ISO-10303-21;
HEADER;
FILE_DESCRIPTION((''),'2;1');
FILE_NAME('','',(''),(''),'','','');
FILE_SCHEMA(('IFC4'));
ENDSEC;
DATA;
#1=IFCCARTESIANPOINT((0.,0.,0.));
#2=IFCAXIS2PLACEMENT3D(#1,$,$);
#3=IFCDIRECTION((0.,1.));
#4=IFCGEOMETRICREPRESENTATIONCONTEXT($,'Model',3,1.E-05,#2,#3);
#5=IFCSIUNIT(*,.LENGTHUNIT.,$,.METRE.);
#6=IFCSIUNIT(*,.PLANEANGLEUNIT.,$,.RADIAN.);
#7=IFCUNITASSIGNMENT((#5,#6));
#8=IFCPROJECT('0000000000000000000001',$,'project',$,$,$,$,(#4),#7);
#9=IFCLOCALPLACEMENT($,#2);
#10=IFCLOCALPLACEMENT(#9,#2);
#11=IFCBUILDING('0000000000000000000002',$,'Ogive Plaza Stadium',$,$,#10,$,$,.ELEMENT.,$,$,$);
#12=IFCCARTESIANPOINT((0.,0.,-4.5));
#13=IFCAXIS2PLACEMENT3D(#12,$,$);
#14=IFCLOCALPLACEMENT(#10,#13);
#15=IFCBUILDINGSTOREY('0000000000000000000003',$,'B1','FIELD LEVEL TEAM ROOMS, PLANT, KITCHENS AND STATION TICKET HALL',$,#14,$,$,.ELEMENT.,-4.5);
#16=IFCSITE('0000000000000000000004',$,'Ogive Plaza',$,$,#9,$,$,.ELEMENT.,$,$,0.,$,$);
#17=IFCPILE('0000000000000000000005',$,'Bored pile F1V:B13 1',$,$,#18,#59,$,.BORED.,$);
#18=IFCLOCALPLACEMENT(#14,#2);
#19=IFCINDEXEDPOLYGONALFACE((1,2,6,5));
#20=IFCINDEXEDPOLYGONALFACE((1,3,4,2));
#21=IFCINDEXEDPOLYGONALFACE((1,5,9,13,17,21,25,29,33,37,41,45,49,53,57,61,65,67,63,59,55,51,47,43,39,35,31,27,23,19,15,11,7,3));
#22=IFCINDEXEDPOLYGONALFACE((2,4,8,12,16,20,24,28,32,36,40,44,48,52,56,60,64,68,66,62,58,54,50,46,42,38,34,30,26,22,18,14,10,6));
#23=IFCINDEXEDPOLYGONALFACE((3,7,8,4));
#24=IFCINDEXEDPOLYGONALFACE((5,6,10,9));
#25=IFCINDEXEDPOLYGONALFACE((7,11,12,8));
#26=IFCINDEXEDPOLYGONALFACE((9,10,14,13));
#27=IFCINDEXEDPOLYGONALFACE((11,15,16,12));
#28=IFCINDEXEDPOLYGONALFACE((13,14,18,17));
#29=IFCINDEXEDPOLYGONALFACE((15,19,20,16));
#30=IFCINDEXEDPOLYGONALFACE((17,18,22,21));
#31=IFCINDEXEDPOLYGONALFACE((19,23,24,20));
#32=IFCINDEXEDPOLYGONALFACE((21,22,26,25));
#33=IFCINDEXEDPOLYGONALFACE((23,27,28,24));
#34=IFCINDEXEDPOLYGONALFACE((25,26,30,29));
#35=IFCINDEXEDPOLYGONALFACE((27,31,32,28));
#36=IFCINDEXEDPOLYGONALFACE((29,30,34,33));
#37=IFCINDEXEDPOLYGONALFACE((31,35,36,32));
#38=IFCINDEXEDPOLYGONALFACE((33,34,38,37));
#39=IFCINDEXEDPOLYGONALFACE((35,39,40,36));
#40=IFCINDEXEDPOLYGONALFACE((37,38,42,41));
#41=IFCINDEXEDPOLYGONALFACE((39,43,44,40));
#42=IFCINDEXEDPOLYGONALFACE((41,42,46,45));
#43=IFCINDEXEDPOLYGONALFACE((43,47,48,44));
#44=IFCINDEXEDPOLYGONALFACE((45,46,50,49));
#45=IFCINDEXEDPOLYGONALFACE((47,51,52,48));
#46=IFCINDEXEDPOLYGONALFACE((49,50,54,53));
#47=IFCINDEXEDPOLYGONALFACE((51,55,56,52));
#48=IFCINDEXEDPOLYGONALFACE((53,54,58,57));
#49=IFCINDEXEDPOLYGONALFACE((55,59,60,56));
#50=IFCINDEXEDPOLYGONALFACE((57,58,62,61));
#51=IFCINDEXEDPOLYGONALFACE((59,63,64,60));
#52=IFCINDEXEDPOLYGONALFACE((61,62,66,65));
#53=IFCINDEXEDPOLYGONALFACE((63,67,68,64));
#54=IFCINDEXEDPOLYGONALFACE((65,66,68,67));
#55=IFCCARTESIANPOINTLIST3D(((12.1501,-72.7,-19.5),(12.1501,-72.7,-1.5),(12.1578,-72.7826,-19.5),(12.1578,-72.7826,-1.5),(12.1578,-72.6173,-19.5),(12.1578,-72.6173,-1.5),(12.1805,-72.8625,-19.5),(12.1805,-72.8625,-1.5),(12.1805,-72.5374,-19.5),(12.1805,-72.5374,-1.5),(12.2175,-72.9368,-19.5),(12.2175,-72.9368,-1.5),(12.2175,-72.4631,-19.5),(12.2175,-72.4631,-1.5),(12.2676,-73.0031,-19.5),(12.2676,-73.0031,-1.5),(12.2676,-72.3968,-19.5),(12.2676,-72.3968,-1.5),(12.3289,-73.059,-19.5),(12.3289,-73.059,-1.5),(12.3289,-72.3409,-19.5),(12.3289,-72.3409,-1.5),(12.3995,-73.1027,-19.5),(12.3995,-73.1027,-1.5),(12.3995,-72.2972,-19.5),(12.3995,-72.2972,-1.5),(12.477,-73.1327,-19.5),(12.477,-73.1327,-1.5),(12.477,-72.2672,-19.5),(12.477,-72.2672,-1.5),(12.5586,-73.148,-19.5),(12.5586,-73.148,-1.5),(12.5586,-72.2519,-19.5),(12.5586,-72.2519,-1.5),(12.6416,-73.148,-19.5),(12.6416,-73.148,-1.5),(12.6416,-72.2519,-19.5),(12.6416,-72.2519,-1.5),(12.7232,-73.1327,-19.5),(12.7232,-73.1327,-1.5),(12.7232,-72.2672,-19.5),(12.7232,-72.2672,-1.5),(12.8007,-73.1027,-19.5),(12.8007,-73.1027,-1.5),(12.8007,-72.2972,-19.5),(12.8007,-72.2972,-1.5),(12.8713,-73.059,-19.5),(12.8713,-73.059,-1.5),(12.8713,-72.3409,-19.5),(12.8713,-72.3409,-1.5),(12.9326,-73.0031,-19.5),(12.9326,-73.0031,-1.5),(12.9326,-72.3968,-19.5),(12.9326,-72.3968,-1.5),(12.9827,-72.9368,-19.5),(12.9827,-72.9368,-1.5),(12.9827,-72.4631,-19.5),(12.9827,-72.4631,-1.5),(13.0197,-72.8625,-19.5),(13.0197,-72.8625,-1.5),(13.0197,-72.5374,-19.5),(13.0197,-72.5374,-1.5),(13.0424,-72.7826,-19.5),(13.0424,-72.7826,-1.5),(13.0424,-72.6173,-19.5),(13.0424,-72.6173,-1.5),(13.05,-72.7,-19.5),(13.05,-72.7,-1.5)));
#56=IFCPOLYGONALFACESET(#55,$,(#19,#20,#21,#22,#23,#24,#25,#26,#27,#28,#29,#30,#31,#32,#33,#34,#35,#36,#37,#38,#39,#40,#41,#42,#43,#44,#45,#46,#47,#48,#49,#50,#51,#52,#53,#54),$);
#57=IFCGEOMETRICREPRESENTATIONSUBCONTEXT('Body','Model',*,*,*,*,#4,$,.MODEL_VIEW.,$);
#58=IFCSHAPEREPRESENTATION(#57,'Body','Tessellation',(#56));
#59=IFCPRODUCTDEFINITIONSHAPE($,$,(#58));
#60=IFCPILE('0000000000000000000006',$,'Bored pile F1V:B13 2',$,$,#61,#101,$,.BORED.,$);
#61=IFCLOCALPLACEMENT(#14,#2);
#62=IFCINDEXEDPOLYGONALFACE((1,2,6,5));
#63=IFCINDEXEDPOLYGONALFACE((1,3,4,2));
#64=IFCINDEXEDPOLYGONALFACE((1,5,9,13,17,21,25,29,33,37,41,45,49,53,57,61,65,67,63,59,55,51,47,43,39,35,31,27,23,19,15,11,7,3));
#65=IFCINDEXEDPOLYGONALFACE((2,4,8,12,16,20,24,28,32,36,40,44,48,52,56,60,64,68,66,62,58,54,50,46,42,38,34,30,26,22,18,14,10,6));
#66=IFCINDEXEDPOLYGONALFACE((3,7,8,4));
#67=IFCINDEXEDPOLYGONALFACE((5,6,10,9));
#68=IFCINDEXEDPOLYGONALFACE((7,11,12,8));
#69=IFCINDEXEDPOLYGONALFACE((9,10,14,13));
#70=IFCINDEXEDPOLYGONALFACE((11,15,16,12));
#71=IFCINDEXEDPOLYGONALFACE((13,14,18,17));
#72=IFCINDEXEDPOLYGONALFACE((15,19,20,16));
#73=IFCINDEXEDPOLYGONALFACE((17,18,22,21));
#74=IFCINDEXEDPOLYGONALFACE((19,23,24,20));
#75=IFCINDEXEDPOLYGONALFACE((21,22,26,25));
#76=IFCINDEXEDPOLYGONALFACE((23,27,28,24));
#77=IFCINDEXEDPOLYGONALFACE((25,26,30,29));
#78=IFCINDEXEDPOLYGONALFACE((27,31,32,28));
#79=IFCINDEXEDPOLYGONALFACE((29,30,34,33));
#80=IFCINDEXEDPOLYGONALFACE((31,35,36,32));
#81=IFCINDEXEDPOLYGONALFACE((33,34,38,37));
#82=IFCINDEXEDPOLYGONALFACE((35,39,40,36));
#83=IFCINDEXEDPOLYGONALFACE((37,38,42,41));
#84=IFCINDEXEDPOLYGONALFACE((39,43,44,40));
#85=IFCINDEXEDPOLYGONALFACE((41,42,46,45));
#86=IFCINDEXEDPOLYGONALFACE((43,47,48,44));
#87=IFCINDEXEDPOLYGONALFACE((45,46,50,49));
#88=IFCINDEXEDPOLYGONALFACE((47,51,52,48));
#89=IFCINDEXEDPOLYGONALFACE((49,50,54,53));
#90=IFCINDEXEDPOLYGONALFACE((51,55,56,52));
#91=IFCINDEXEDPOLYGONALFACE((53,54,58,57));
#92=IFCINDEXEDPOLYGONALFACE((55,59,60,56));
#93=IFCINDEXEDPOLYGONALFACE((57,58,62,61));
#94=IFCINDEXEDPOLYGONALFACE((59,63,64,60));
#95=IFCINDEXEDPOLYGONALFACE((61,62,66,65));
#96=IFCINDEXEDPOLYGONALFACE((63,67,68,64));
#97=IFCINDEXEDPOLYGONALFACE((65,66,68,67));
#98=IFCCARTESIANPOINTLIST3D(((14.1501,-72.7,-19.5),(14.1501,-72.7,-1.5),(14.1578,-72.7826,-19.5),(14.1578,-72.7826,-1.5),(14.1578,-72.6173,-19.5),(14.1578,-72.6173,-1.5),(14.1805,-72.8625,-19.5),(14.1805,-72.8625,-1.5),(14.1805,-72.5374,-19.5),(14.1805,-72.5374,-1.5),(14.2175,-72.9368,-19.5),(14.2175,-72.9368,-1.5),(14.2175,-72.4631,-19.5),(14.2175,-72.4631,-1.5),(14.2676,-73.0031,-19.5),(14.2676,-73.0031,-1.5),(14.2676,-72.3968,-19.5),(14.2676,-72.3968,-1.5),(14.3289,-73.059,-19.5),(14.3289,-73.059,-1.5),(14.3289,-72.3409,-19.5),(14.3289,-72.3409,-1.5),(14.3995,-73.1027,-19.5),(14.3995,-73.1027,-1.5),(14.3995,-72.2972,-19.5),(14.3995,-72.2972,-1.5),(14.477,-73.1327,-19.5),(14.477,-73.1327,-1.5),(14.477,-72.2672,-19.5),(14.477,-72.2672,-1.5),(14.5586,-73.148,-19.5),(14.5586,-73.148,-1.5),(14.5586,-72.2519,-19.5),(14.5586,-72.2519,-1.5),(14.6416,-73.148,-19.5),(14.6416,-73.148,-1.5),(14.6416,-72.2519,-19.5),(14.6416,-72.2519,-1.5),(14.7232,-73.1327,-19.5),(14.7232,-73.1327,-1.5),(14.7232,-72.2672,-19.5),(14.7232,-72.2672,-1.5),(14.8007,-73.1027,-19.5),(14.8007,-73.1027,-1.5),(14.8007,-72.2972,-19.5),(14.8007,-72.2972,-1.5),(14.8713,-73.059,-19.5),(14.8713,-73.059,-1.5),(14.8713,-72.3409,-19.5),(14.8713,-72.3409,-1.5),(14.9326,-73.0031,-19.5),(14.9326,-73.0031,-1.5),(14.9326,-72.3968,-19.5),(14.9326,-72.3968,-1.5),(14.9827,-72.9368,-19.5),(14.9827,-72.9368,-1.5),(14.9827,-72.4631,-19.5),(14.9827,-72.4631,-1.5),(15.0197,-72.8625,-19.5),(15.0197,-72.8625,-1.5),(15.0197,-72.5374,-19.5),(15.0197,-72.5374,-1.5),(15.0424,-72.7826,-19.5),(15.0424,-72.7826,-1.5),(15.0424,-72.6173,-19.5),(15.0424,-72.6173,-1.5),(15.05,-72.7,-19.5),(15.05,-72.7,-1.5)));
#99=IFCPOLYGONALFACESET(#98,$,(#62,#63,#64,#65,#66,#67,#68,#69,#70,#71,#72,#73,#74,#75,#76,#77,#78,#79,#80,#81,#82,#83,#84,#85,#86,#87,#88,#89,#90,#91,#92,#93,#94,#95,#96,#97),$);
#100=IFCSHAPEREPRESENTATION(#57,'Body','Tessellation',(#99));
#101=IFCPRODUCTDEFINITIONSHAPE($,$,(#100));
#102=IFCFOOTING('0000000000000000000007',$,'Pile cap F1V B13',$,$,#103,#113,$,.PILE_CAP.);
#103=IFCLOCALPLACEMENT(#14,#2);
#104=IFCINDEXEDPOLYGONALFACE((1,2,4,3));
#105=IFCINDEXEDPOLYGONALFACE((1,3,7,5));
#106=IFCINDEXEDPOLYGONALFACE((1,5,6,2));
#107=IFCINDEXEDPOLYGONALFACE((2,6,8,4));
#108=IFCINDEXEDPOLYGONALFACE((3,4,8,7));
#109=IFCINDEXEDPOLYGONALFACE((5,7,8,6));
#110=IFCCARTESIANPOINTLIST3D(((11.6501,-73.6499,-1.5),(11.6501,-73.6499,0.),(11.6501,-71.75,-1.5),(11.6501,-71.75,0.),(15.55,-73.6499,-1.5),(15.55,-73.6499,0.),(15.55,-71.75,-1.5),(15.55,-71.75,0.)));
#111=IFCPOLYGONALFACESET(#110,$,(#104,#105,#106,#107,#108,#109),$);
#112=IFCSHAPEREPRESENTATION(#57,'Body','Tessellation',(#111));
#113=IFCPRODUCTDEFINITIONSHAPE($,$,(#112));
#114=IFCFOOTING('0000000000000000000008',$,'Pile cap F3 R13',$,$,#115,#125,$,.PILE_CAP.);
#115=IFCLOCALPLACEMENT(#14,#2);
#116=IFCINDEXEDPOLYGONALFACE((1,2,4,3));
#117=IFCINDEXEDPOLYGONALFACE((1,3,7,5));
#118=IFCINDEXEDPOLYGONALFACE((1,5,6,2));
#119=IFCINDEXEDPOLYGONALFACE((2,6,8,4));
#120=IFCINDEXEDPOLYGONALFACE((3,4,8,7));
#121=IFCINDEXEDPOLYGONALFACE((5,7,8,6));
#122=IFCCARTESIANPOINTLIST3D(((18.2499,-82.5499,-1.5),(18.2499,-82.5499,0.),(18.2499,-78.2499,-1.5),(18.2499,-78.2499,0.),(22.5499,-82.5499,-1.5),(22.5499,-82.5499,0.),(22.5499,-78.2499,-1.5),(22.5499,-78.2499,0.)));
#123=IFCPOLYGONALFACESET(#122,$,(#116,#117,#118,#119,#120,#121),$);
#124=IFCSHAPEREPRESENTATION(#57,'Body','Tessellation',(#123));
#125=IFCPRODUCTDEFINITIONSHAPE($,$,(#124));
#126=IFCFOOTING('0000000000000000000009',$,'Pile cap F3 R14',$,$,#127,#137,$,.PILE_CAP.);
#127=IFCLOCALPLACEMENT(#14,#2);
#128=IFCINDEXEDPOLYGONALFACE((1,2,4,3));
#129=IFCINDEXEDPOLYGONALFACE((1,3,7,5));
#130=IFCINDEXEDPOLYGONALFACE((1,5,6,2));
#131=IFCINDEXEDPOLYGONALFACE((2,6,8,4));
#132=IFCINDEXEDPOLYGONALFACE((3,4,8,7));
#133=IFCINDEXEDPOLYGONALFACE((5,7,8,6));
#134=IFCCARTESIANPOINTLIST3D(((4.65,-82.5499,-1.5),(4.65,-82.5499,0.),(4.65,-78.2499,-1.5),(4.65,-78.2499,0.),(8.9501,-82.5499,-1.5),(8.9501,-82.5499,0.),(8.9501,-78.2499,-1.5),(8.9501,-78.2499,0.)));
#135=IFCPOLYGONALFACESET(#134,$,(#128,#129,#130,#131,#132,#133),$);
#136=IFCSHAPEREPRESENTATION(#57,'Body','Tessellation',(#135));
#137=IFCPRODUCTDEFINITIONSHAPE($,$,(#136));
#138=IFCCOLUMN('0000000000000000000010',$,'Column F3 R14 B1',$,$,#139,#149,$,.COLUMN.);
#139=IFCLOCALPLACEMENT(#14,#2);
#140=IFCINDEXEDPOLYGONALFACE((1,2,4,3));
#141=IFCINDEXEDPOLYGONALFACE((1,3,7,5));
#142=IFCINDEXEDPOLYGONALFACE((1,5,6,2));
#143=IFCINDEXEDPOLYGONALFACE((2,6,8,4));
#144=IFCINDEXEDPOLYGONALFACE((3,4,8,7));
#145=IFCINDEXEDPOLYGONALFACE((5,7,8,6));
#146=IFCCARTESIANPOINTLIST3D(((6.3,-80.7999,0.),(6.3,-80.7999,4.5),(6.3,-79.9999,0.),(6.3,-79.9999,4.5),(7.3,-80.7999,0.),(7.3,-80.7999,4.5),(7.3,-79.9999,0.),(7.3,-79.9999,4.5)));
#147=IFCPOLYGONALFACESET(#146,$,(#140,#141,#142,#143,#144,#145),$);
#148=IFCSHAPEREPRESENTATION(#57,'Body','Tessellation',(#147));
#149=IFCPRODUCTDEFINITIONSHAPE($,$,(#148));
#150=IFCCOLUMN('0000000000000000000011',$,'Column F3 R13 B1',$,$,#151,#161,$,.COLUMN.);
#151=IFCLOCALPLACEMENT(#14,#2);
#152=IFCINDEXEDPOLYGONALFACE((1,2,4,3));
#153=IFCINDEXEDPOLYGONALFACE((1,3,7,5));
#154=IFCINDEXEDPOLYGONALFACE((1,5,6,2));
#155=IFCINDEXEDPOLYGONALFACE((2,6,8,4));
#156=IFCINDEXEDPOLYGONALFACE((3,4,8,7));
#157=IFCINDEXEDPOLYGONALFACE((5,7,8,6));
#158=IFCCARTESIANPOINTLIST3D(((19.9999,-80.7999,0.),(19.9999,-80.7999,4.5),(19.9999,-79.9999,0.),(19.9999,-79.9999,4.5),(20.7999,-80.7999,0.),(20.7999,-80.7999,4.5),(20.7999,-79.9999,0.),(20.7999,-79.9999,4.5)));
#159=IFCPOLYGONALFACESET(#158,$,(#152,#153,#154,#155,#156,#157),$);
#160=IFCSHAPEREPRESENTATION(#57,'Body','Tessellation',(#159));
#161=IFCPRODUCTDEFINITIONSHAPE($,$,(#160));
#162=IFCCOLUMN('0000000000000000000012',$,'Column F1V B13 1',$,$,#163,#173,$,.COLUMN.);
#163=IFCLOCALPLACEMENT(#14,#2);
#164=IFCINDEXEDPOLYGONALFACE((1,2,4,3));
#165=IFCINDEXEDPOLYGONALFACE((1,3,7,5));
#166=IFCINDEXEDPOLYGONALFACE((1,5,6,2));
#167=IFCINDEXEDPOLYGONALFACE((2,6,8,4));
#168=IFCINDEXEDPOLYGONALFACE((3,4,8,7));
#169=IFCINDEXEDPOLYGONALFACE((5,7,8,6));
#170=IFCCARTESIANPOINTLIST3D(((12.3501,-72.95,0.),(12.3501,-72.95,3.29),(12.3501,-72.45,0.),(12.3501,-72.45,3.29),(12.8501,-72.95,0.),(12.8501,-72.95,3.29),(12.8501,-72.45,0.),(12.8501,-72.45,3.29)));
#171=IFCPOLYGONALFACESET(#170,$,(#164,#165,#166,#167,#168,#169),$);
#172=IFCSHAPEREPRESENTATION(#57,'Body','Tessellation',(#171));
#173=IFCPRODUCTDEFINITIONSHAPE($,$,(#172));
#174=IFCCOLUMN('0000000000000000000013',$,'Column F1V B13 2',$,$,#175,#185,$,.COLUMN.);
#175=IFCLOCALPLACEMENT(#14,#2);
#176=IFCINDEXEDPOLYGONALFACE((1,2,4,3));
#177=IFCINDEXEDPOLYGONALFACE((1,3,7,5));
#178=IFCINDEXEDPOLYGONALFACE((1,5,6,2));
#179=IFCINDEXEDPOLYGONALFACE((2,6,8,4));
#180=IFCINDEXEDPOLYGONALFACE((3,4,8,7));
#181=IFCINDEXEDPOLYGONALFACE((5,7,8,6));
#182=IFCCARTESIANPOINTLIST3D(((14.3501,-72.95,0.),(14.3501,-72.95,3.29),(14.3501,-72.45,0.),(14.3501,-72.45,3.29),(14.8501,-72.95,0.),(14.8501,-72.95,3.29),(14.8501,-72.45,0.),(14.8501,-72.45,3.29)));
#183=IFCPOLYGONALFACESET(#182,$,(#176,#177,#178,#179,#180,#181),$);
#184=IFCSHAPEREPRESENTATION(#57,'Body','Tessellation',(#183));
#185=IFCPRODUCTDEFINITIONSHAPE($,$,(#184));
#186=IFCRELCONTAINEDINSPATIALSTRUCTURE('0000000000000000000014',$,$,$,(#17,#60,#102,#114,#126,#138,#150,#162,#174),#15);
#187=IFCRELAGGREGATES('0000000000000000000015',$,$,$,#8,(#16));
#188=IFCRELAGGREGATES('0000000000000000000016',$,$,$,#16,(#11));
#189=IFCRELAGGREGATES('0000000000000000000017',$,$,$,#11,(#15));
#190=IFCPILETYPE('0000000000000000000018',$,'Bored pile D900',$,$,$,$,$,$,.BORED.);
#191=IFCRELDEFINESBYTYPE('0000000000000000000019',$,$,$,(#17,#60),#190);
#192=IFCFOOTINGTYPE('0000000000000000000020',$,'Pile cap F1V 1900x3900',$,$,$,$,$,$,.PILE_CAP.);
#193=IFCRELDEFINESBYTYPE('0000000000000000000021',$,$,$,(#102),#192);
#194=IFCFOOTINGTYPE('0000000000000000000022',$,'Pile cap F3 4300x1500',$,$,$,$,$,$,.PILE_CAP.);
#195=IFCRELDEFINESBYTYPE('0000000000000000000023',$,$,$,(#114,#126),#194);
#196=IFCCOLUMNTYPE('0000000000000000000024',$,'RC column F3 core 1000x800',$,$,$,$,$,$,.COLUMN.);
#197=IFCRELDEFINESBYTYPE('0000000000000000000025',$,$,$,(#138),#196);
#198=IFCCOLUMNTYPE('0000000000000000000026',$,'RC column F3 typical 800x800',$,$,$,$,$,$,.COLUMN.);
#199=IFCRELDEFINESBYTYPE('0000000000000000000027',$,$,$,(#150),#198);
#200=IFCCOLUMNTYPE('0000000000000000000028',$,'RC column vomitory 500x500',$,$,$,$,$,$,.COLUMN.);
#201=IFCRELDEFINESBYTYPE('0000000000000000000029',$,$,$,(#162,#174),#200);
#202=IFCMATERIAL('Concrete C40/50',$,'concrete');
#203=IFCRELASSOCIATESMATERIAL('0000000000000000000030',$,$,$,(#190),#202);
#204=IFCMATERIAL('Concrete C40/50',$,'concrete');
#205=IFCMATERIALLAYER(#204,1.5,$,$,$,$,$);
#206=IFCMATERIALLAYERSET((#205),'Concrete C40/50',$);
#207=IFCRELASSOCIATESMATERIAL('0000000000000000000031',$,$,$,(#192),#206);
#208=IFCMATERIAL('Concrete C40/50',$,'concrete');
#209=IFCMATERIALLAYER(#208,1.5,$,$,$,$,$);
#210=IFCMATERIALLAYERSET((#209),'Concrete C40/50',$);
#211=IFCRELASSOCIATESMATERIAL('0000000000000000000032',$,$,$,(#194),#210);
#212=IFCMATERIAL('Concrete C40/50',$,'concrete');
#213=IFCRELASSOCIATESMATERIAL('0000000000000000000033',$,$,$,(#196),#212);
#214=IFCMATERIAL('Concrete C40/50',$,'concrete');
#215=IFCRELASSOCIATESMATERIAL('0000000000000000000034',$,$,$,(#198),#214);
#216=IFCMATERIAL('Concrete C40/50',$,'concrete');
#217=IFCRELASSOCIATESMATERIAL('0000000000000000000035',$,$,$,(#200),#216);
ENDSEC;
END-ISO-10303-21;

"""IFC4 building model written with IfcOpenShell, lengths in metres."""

from ifc_helpers import new_model, si_unit, direction, frame, origin, origin_2d, place, context, subcontext, project, spatial, rectangle, circle, extrude, material, layer, layer_set, material_profile, profile_set, type_object, element, save


model = new_model("IFC4")

# Units and contexts
model_context = context("Model", 3, precision=1e-05, world=origin(), true_north=direction((0.0, 1.0)))
body_context = subcontext(model_context, "Body", "Model", "MODEL_VIEW")
ifc_project = project(units=[si_unit("LENGTHUNIT", "METRE"), si_unit("PLANEANGLEUNIT", "RADIAN")], contexts=[model_context])

# Site, building, storey
site_placement = place(None, origin())
site = spatial("IfcSite", under=ifc_project, at=site_placement, Name="Ogive Plaza", CompositionType="ELEMENT", RefElevation=0.0)
building_placement = place(site_placement, origin())
building = spatial("IfcBuilding", under=site, at=building_placement, Name="Ogive Plaza Stadium", CompositionType="ELEMENT")
storey_placement = place(building_placement, frame((0.0, 0.0, -4.5)))
storey = spatial("IfcBuildingStorey", under=building, at=storey_placement, Name="B1", Description="FIELD LEVEL TEAM ROOMS, PLANT, KITCHENS AND STATION TICKET HALL", CompositionType="ELEMENT", Elevation=-4.5)

# Piles
ifc_material_1 = material(Name="Concrete C40/50", Category="concrete")
ifc_material_profile_1 = material_profile(ifc_material_1, circle(Radius=0.45, at=origin_2d()), Name="RC D900")
ifc_profile_set_1 = profile_set([ifc_material_profile_1], Name="Concrete C40/50")
pile_type_1 = type_object("IfcPileType", Name="Bored pile D900", PredefinedType="BORED", material=ifc_profile_set_1)
for number, where, z_axis, x_axis, name in (
    (1, (12.6001, -72.7, -1.5), (0.0, 0.0, -1.0), (1.0, 0.0, 0.0), "Bored pile F1V:B13 1"),
    (2, (14.6001, -72.7, -1.5), (0.0, 0.0, -1.0), (1.0, 0.0, 0.0), "Bored pile F1V:B13 2"),
):
    element("IfcPile", number, at=place(storey_placement, frame(where, z_axis=z_axis, x_axis=x_axis)), inside=storey, type_object=pile_type_1, Name=name, PredefinedType="BORED", context=body_context, shape_type="SweptSolid", body=[
        extrude(circle(Radius=0.45, at=origin_2d()), origin(), (0.0, 0.0, 1.0), 18.0),
    ])

# Footings
ifc_material_2 = material(Name="Concrete C40/50", Category="concrete")
ifc_layer_1 = layer(ifc_material_2, 1.5)
ifc_layer_set_1 = layer_set([ifc_layer_1], Name="Concrete C40/50")
footing_type_1 = type_object("IfcFootingType", Name="Pile cap F1V 1900x3900", PredefinedType="PILE_CAP", material=ifc_layer_set_1)
footing_placement = place(storey_placement, frame((13.6001, -72.7, -1.5), z_axis=(0.0, 0.0, 1.0), x_axis=(0.0, -1.0, 0.0)))
element("IfcFooting", 3, at=footing_placement, inside=storey, type_object=footing_type_1, Name="Pile cap F1V B13", PredefinedType="PILE_CAP", context=body_context, shape_type="SweptSolid", body=[
    extrude(rectangle(XDim=1.8999, YDim=3.8999, at=origin_2d()), origin(), (0.0, 0.0, 1.0), 1.5),
])
ifc_material_3 = material(Name="Concrete C40/50", Category="concrete")
ifc_layer_2 = layer(ifc_material_3, 1.5)
ifc_layer_set_2 = layer_set([ifc_layer_2], Name="Concrete C40/50")
footing_type_2 = type_object("IfcFootingType", Name="Pile cap F3 4300x1500", PredefinedType="PILE_CAP", material=ifc_layer_set_2)
for number, where, z_axis, x_axis, name in (
    (4, (20.3999, -80.3999, -1.5), (0.0, 0.0, 1.0), (0.0, -1.0, 0.0), "Pile cap F3 R13"),
    (5, (6.8, -80.3999, -1.5), (0.0, 0.0, 1.0), (0.0, -1.0, 0.0), "Pile cap F3 R14"),
):
    element("IfcFooting", number, at=place(storey_placement, frame(where, z_axis=z_axis, x_axis=x_axis)), inside=storey, type_object=footing_type_2, Name=name, PredefinedType="PILE_CAP", context=body_context, shape_type="SweptSolid", body=[
        extrude(rectangle(XDim=4.3, YDim=4.3, at=origin_2d()), origin(), (0.0, 0.0, 1.0), 1.5),
    ])

# Columns
ifc_material_4 = material(Name="Concrete C40/50", Category="concrete")
ifc_material_profile_2 = material_profile(ifc_material_4, rectangle(XDim=1.0, YDim=0.8, at=origin_2d()), Name="RC 1000x800")
ifc_profile_set_2 = profile_set([ifc_material_profile_2], Name="Concrete C40/50")
column_type_1 = type_object("IfcColumnType", Name="RC column F3 core 1000x800", PredefinedType="COLUMN", material=ifc_profile_set_2)
column_1_placement = place(storey_placement, frame((6.8, -80.3999, 0.0), z_axis=(0.0, 0.0, 1.0), x_axis=(1.0, 0.0, 0.0)))
element("IfcColumn", 6, at=column_1_placement, inside=storey, type_object=column_type_1, Name="Column F3 R14 B1", PredefinedType="COLUMN", context=body_context, shape_type="SweptSolid", body=[
    extrude(rectangle(XDim=1.0, YDim=0.8, at=origin_2d()), origin(), (0.0, 0.0, 1.0), 4.5),
])
ifc_material_5 = material(Name="Concrete C40/50", Category="concrete")
ifc_material_profile_3 = material_profile(ifc_material_5, rectangle(XDim=0.8, YDim=0.8, at=origin_2d()), Name="RC 800x800")
ifc_profile_set_3 = profile_set([ifc_material_profile_3], Name="Concrete C40/50")
column_type_2 = type_object("IfcColumnType", Name="RC column F3 typical 800x800", PredefinedType="COLUMN", material=ifc_profile_set_3)
column_2_placement = place(storey_placement, frame((20.3999, -80.3999, 0.0), z_axis=(0.0, 0.0, 1.0), x_axis=(1.0, 0.0, 0.0)))
element("IfcColumn", 7, at=column_2_placement, inside=storey, type_object=column_type_2, Name="Column F3 R13 B1", PredefinedType="COLUMN", context=body_context, shape_type="SweptSolid", body=[
    extrude(rectangle(XDim=0.8, YDim=0.8, at=origin_2d()), origin(), (0.0, 0.0, 1.0), 4.5),
])
ifc_material_6 = material(Name="Concrete C40/50", Category="concrete")
ifc_material_profile_4 = material_profile(ifc_material_6, rectangle(XDim=0.5, YDim=0.5, at=origin_2d()), Name="RC 500x500")
ifc_profile_set_4 = profile_set([ifc_material_profile_4], Name="Concrete C40/50")
column_type_3 = type_object("IfcColumnType", Name="RC column vomitory 500x500", PredefinedType="COLUMN", material=ifc_profile_set_4)
for number, where, z_axis, x_axis, name in (
    (8, (12.6001, -72.7, 0.0), (0.0, 0.0, 1.0), (1.0, 0.0, 0.0), "Column F1V B13 1"),
    (9, (14.6001, -72.7, 0.0), (0.0, 0.0, 1.0), (1.0, 0.0, 0.0), "Column F1V B13 2"),
):
    element("IfcColumn", number, at=place(storey_placement, frame(where, z_axis=z_axis, x_axis=x_axis)), inside=storey, type_object=column_type_3, Name=name, PredefinedType="COLUMN", context=body_context, shape_type="SweptSolid", body=[
        extrude(rectangle(XDim=0.5, YDim=0.5, at=origin_2d()), origin(), (0.0, 0.0, 1.0), 3.29),
    ])

save(model, "model.ifc")
